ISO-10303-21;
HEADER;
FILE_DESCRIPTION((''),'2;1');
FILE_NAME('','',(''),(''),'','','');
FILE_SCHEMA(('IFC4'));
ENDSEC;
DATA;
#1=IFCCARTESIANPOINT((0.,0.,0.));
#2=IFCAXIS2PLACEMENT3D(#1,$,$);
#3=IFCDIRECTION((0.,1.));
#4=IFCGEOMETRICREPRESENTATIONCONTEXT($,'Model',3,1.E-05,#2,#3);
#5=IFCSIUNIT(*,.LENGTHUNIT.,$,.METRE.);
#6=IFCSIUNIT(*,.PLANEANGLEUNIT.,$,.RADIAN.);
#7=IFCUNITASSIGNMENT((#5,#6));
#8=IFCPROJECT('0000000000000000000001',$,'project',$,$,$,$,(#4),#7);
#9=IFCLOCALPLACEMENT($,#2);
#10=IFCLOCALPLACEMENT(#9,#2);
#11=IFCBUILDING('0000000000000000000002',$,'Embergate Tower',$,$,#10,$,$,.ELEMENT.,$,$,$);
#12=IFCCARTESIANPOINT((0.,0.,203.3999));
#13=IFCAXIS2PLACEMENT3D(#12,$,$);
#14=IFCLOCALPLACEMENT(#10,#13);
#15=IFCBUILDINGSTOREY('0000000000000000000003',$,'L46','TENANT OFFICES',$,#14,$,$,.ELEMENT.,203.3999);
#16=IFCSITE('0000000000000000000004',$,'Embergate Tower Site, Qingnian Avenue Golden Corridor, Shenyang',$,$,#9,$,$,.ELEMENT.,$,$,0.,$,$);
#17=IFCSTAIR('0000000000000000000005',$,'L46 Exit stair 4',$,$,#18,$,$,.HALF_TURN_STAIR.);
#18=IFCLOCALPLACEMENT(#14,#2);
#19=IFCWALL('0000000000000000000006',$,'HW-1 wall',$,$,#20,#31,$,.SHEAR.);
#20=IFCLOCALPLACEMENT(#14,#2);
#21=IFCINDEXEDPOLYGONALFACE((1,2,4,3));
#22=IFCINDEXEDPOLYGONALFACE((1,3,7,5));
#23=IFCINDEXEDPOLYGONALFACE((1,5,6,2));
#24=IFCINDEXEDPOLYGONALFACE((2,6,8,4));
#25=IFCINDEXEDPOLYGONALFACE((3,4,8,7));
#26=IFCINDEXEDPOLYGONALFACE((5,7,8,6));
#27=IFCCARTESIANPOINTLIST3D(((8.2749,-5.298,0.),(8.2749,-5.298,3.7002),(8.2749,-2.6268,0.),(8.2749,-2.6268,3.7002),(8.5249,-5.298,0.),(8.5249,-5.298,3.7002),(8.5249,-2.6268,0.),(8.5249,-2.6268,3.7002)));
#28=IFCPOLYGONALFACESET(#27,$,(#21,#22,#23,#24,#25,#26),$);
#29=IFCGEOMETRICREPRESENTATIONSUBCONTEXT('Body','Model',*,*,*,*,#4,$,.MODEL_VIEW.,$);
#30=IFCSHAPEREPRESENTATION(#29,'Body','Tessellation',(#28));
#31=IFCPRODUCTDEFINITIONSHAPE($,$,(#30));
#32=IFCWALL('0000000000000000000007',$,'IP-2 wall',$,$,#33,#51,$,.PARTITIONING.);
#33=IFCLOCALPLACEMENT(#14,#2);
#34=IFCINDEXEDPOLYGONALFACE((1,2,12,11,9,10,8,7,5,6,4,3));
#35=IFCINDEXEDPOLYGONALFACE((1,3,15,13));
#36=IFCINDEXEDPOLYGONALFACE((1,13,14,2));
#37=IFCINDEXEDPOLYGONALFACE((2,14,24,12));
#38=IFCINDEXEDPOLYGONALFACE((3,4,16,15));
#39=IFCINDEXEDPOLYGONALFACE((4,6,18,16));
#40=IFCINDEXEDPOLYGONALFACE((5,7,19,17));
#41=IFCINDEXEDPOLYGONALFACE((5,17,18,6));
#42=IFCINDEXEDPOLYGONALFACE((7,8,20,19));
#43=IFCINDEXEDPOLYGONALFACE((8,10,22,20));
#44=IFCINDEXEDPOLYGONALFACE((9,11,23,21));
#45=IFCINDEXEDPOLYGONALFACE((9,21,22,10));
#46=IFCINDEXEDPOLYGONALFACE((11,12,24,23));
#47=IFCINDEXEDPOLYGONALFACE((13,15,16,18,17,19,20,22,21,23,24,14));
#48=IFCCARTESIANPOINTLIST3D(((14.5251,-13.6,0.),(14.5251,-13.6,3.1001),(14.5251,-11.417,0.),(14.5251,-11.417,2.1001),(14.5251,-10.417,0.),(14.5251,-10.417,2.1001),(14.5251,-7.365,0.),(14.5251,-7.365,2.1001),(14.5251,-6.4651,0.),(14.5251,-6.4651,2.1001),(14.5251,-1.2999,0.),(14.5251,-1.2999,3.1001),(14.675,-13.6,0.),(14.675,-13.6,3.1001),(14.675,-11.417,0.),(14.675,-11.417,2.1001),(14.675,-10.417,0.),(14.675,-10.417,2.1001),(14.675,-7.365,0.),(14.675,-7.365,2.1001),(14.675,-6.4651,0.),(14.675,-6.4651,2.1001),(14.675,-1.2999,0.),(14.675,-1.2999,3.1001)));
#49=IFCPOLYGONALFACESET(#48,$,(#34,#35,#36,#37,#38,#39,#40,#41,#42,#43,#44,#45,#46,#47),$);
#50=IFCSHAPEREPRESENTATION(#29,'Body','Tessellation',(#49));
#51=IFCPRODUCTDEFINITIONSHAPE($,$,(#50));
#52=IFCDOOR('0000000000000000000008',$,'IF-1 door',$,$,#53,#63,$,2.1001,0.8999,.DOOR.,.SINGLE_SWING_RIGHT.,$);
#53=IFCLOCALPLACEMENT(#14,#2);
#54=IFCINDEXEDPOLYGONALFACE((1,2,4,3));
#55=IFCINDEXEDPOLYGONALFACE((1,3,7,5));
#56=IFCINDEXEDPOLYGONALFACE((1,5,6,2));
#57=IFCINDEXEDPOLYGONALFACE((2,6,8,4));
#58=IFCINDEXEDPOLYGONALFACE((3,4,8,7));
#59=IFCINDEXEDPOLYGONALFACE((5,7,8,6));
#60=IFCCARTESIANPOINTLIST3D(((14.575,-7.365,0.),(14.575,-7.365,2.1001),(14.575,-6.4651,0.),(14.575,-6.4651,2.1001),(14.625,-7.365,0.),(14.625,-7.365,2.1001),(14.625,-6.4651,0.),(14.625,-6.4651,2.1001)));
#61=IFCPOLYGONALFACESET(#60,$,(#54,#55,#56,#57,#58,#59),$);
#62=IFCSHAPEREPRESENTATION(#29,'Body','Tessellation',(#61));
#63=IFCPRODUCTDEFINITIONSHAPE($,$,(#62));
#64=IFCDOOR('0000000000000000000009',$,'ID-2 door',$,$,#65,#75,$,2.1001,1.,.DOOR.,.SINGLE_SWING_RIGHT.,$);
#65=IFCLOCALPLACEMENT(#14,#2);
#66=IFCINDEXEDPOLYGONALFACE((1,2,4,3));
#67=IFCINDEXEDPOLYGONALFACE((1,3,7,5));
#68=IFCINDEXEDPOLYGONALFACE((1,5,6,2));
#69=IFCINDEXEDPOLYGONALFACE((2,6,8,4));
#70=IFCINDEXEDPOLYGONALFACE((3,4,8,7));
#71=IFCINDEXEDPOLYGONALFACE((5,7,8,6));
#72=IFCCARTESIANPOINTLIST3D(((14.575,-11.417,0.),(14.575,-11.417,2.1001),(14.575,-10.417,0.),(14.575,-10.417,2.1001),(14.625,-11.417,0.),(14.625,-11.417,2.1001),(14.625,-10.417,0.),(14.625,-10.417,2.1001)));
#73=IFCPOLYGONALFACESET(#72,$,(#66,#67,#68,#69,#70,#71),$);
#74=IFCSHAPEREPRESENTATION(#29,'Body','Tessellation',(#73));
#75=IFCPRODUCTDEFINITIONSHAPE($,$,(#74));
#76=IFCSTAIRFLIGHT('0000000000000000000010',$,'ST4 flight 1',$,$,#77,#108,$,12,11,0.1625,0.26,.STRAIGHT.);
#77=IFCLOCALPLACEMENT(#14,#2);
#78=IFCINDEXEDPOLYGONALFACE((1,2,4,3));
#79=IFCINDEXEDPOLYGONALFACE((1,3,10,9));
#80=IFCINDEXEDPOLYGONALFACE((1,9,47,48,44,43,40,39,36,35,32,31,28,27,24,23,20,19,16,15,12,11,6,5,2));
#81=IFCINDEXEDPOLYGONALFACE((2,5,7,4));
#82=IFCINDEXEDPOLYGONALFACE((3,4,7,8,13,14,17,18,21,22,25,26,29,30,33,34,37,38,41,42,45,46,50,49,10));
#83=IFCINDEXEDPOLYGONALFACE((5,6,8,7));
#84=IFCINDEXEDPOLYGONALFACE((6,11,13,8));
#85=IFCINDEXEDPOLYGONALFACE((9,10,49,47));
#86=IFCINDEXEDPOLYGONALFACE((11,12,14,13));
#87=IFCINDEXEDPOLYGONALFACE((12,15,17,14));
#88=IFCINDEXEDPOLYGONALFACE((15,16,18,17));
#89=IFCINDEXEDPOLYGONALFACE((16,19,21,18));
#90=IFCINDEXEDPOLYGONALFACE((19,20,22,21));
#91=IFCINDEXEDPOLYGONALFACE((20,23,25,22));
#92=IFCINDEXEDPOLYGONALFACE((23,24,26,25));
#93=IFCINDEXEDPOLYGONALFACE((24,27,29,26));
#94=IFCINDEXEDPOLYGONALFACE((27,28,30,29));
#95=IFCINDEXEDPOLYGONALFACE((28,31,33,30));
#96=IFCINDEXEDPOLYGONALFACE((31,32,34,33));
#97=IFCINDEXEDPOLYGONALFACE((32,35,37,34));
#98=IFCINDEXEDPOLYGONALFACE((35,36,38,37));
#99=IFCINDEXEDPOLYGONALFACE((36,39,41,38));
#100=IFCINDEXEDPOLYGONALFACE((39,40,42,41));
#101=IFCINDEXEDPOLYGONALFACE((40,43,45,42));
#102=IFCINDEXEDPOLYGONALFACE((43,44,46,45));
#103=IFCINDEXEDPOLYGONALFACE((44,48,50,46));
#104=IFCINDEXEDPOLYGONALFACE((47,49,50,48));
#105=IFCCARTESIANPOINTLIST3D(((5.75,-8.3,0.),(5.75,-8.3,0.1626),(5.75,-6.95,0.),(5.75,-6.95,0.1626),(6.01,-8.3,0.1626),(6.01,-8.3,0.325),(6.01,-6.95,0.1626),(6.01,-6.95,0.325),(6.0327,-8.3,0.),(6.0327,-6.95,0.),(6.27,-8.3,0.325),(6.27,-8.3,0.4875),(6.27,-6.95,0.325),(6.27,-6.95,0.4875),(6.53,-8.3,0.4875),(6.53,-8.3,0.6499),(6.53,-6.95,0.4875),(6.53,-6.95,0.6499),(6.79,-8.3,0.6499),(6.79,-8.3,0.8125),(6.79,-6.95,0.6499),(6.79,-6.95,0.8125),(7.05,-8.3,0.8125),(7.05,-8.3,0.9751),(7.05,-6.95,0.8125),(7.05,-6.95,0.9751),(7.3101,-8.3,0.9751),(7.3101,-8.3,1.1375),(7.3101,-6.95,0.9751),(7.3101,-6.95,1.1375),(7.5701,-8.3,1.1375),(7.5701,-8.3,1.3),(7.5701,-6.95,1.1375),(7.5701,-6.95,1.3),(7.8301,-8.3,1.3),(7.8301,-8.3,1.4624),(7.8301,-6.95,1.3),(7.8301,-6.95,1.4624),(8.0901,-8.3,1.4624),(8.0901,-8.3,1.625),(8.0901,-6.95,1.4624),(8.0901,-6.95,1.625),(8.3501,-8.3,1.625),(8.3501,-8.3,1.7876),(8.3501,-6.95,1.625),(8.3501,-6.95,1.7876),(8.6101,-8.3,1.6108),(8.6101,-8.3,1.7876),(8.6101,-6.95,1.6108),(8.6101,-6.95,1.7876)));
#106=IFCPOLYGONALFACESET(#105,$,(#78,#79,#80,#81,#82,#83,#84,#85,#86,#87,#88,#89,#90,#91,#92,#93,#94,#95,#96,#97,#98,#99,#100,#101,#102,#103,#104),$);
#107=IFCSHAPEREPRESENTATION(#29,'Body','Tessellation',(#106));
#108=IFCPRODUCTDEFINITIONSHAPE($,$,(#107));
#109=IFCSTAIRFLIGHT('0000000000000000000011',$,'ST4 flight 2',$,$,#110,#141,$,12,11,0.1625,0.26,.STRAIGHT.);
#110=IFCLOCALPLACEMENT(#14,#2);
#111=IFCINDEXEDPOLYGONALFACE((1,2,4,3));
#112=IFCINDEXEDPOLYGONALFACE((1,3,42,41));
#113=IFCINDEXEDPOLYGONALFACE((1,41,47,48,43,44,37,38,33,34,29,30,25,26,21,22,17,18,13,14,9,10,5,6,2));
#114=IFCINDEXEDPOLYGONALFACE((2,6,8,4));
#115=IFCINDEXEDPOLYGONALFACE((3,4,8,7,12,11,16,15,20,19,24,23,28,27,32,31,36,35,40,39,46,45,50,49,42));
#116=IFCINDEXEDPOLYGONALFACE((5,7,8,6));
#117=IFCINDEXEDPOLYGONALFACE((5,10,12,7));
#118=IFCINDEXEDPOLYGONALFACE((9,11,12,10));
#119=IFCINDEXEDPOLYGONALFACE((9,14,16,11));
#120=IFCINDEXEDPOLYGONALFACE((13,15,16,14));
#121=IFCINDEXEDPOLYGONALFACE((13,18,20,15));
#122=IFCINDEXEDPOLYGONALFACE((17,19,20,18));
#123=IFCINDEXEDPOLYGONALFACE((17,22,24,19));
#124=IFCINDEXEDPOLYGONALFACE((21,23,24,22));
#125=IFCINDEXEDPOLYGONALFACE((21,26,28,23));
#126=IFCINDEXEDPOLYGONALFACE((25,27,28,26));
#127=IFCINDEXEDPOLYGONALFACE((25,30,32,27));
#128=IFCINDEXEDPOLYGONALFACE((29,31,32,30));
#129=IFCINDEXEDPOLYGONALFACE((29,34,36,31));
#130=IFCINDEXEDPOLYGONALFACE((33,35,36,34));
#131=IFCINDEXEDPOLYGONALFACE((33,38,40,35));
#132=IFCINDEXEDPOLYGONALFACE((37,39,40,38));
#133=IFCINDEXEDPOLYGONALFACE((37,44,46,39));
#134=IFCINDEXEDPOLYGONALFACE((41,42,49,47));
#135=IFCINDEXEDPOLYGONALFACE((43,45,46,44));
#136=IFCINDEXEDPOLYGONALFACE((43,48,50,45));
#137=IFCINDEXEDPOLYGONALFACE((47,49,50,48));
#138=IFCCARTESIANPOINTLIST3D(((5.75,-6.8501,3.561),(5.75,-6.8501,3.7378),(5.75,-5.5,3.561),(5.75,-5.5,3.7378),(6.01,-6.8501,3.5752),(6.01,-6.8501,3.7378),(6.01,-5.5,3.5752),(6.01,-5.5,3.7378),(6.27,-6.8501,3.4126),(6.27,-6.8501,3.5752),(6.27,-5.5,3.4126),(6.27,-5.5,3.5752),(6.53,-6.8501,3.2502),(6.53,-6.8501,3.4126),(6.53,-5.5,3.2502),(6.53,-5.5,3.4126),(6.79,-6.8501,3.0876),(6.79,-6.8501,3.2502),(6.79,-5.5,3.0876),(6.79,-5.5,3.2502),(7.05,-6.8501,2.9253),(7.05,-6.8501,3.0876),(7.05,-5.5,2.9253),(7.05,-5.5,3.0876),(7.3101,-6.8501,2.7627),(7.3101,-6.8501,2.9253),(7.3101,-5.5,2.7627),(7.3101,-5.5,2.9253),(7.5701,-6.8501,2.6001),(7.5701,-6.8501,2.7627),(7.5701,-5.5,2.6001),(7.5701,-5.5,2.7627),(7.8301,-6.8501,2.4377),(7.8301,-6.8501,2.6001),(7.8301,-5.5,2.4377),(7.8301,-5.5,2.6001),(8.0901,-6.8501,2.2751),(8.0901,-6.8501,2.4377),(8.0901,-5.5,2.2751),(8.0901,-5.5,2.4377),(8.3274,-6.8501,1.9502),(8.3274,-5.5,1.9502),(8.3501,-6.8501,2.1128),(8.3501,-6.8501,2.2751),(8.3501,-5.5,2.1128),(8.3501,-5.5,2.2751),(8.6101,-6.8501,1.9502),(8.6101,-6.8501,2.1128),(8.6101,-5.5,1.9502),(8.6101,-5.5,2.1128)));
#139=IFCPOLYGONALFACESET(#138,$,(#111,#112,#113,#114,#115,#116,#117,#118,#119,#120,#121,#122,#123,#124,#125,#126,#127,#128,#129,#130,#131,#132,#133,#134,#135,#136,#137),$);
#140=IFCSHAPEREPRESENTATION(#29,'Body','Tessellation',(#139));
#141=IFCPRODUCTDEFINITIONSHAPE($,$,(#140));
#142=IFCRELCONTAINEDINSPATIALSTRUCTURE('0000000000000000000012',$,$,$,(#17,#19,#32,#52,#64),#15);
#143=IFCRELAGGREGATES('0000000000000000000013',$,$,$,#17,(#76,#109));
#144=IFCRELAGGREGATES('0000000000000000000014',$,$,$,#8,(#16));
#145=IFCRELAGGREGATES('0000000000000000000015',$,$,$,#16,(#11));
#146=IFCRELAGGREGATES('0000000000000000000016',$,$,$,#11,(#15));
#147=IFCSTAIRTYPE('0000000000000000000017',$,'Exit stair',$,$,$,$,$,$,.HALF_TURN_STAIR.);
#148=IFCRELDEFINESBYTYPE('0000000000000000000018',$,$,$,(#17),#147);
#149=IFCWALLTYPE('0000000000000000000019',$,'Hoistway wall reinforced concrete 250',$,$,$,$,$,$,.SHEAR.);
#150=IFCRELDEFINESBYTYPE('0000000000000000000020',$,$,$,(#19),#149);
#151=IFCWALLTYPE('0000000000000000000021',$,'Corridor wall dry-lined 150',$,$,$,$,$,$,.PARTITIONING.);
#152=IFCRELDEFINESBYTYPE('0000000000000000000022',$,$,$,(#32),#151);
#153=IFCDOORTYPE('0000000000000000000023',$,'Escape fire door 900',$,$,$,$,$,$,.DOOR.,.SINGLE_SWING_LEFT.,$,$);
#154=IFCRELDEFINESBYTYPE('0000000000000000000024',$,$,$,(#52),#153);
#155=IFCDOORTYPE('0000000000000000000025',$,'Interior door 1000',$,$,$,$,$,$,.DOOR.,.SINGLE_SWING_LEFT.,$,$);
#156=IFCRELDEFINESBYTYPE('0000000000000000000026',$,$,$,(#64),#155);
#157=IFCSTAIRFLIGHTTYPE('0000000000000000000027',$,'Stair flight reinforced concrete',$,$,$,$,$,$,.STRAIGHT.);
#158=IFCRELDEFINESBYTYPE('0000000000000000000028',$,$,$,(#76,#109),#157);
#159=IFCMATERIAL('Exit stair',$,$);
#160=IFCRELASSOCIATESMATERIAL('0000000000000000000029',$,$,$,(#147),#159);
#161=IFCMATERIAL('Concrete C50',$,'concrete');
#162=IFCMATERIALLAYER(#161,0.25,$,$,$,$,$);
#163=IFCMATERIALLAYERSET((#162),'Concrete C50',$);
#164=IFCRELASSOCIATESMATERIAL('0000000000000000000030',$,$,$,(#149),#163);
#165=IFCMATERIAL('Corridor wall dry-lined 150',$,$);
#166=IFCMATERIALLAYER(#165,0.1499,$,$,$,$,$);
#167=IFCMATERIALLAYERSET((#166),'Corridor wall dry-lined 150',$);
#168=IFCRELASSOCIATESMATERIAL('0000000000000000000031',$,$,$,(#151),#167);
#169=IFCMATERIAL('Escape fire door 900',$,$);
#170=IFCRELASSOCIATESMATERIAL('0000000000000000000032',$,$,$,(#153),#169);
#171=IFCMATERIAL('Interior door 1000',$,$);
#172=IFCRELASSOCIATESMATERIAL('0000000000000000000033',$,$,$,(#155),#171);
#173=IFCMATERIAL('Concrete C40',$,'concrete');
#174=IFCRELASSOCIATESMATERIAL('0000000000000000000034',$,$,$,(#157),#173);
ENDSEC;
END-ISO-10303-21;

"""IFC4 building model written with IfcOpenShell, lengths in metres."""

from ifc_helpers import new_model, si_unit, direction, frame, frame_2d, origin, place, context, subcontext, project, spatial, polyline, rectangle, outline, extrude, source, transform, mapped, material, layer, layer_set, type_object, element, fill, aggregate, save


model = new_model("IFC4")

# Units and contexts
model_context = context("Model", 3, precision=1e-05, world=origin(), true_north=direction((0.0, 1.0)))
body_context = subcontext(model_context, "Body", "Model", "MODEL_VIEW")
ifc_project = project(units=[si_unit("LENGTHUNIT", "METRE"), si_unit("PLANEANGLEUNIT", "RADIAN")], contexts=[model_context])

# Site, building, storey
site_placement = place(None, origin())
site = spatial("IfcSite", under=ifc_project, at=site_placement, Name="Embergate Tower Site, Qingnian Avenue Golden Corridor, Shenyang", CompositionType="ELEMENT", RefElevation=0.0)
building_placement = place(site_placement, origin())
building = spatial("IfcBuilding", under=site, at=building_placement, Name="Embergate Tower", CompositionType="ELEMENT")
storey_placement = place(building_placement, frame((0.0, 0.0, 203.3999)))
storey = spatial("IfcBuildingStorey", under=building, at=storey_placement, Name="L46", Description="TENANT OFFICES", CompositionType="ELEMENT", Elevation=203.3999)

# Stair
ifc_material_1 = material(Name="Exit stair")
stair_type = type_object("IfcStairType", Name="Exit stair", PredefinedType="HALF_TURN_STAIR", material=ifc_material_1)
stair_placement = place(storey_placement, origin())
stair = element("IfcStair", 1, at=stair_placement, inside=storey, type_object=stair_type, Name="L46 Exit stair 4", PredefinedType="HALF_TURN_STAIR")
ifc_material_2 = material(Name="Concrete C40", Category="concrete")

# Shared definitions
ifc_material_3 = material(Name="Concrete C50", Category="concrete")
ifc_layer_1 = layer(ifc_material_3, 0.25)
ifc_layer_set_1 = layer_set([ifc_layer_1], Name="Concrete C50")
wall_type_1 = type_object("IfcWallType", Name="Hoistway wall reinforced concrete 250", PredefinedType="SHEAR", material=ifc_layer_set_1)

# Shared definitions
shared_shape_1 = source(origin(), body_context, "Body", "SweptSolid", [
    extrude(rectangle(XDim=0.8999, YDim=2.1001, at=frame_2d((0.45, 1.05))), frame((0.0, 0.0249, 0.0), z_axis=(0.0, -1.0, 0.0), x_axis=(1.0, 0.0, 0.0)), (0.0, 0.0, 1.0), 0.05),
])

# Wall
shared_shape_2 = source(origin(), body_context, "Body", "SweptSolid", [
    extrude(rectangle(XDim=2.6711, YDim=0.25, at=frame_2d((1.3354, 0.0))), origin(), (0.0, 0.0, 1.0), 3.7002),
])
for number, where, z_axis, x_axis, name in (
    (2, (8.3999, -2.627, 0.0), (0.0, 0.0, 1.0), (0.0, -1.0, 0.0), "HW-1 wall"),
):
    element("IfcWall", number, at=place(storey_placement, frame(where, z_axis=z_axis, x_axis=x_axis)), inside=storey, type_object=wall_type_1, Name=name, PredefinedType="SHEAR", context=body_context, shape_type="MappedRepresentation", body=[
        mapped(shared_shape_2, transform((0.0, 0.0, 0.0))),
    ])

# Wall, openings, doors
ifc_material_4 = material(Name="Corridor wall dry-lined 150")
ifc_layer_2 = layer(ifc_material_4, 0.1499)
ifc_layer_set_2 = layer_set([ifc_layer_2], Name="Corridor wall dry-lined 150")
wall_type_2 = type_object("IfcWallType", Name="Corridor wall dry-lined 150", PredefinedType="PARTITIONING", material=ifc_layer_set_2)
shared_shape_3 = source(origin(), body_context, "Body", "SweptSolid", [
    extrude(rectangle(XDim=12.3, YDim=0.1499, at=frame_2d((6.1499, 0.0))), origin(), (0.0, 0.0, 1.0), 3.1001),
])
wall_1_placement = place(storey_placement, frame((14.6001, -1.3, 0.0), z_axis=(0.0, 0.0, 1.0), x_axis=(0.0, -1.0, 0.0)))
wall_1 = element("IfcWall", 3, at=wall_1_placement, inside=storey, type_object=wall_type_2, Name="IP-2 wall", PredefinedType="PARTITIONING", context=body_context, shape_type="MappedRepresentation", body=[
    mapped(shared_shape_3, transform((0.0, 0.0, 0.0))),
])
shared_shape_4 = source(origin(), body_context, "Body", "SweptSolid", [
    extrude(rectangle(XDim=1.0, YDim=2.1001, at=frame_2d((0.5, 1.05))), frame((0.0, 0.085, 0.0), z_axis=(0.0, -1.0, 0.0), x_axis=(1.0, 0.0, 0.0)), (0.0, 0.0, 1.0), 0.1699),
])
opening_1_placement = place(wall_1_placement, frame((9.1169, 0.0, 0.0)))
opening_1 = element("IfcOpeningElement", 4, at=opening_1_placement, cuts=wall_1, PredefinedType="OPENING", context=body_context, shape_type="MappedRepresentation", body=[
    mapped(shared_shape_4, transform((0.0, 0.0, 0.0))),
])
shared_shape_5 = source(origin(), body_context, "Body", "SweptSolid", [
    extrude(rectangle(XDim=0.8999, YDim=2.1001, at=frame_2d((0.45, 1.05))), frame((0.0, 0.085, 0.0), z_axis=(0.0, -1.0, 0.0), x_axis=(1.0, 0.0, 0.0)), (0.0, 0.0, 1.0), 0.1699),
])
opening_2_placement = place(wall_1_placement, frame((5.165, 0.0, 0.0)))
opening_2 = element("IfcOpeningElement", 5, at=opening_2_placement, cuts=wall_1, PredefinedType="OPENING", context=body_context, shape_type="MappedRepresentation", body=[
    mapped(shared_shape_5, transform((0.0, 0.0, 0.0))),
])
ifc_material_5 = material(Name="Escape fire door 900")
door_type_1 = type_object("IfcDoorType", Name="Escape fire door 900", OperationType="SINGLE_SWING_LEFT", PredefinedType="DOOR", material=ifc_material_5)
door_1_placement = place(opening_2_placement, origin())
door_1 = element("IfcDoor", 6, at=door_1_placement, inside=storey, type_object=door_type_1, Name="IF-1 door", OperationType="SINGLE_SWING_RIGHT", OverallHeight=2.1001, OverallWidth=0.8999, PredefinedType="DOOR", context=body_context, shape_type="MappedRepresentation", body=[
    mapped(shared_shape_1, transform((0.0, 0.0, 0.0))),
])
fill(opening_2, door_1)
ifc_material_6 = material(Name="Interior door 1000")
door_type_2 = type_object("IfcDoorType", Name="Interior door 1000", OperationType="SINGLE_SWING_LEFT", PredefinedType="DOOR", material=ifc_material_6)
shared_shape_6 = source(origin(), body_context, "Body", "SweptSolid", [
    extrude(rectangle(XDim=1.0, YDim=2.1001, at=frame_2d((0.5, 1.05))), frame((0.0, 0.0249, 0.0), z_axis=(0.0, -1.0, 0.0), x_axis=(1.0, 0.0, 0.0)), (0.0, 0.0, 1.0), 0.05),
])
door_2_placement = place(opening_1_placement, origin())
door_2 = element("IfcDoor", 7, at=door_2_placement, inside=storey, type_object=door_type_2, Name="ID-2 door", OperationType="SINGLE_SWING_RIGHT", OverallHeight=2.1001, OverallWidth=1.0, PredefinedType="DOOR", context=body_context, shape_type="MappedRepresentation", body=[
    mapped(shared_shape_6, transform((0.0, 0.0, 0.0))),
])
fill(opening_1, door_2)

# Stair flights
stair_flight_type = type_object("IfcStairFlightType", Name="Stair flight reinforced concrete", PredefinedType="STRAIGHT", material=ifc_material_2)
shared_shape_7 = source(origin(), body_context, "Body", "SweptSolid", [
    extrude(outline(polyline([(0.0, 0.0), (0.0, 0.1626), (0.26, 0.1626), (0.26, 0.325), (0.52, 0.325), (0.52, 0.4875), (0.78, 0.4875), (0.78, 0.6499), (1.04, 0.6499), (1.04, 0.8125), (1.3, 0.8125), (1.3, 0.9751), (1.5601, 0.9751), (1.5601, 1.1375), (1.8201, 1.1375), (1.8201, 1.3), (2.0801, 1.3), (2.0801, 1.4624), (2.3401, 1.4624), (2.3401, 1.625), (2.6001, 1.625), (2.6001, 1.7876), (2.8601, 1.7876), (2.8601, 1.95), (2.8601, 1.6108), (0.2827, 0.0), (0.0, 0.0)])), frame((0.0, 0.675, 0.0), z_axis=(0.0, -1.0, 0.0), x_axis=(1.0, 0.0, 0.0)), (0.0, 0.0, 1.0), 1.3501),
])
stair_flight_1_placement = place(storey_placement, frame((5.75, -7.625, 0.0), z_axis=(0.0, 0.0, 1.0), x_axis=(1.0, 0.0, 0.0)))
stair_flight_1 = element("IfcStairFlight", 8, at=stair_flight_1_placement, type_object=stair_flight_type, Name="ST4 flight 1", NumberOfRisers=12, NumberOfTreads=11, PredefinedType="STRAIGHT", RiserHeight=0.1625, TreadLength=0.26, context=body_context, shape_type="MappedRepresentation", body=[
    mapped(shared_shape_7, transform((0.0, 0.0, 0.0))),
])
stair_flight_2_placement = place(storey_placement, frame((8.6101, -6.175, 1.9502), z_axis=(0.0, 0.0, 1.0), x_axis=(-1.0, 0.0, 0.0)))
stair_flight_2 = element("IfcStairFlight", 9, at=stair_flight_2_placement, type_object=stair_flight_type, Name="ST4 flight 2", NumberOfRisers=12, NumberOfTreads=11, PredefinedType="STRAIGHT", RiserHeight=0.1625, TreadLength=0.26, context=body_context, shape_type="MappedRepresentation", body=[
    mapped(shared_shape_7, transform((0.0, 0.0, 0.0))),
])
aggregate(stair, [stair_flight_1, stair_flight_2])

save(model, "model.ifc")
